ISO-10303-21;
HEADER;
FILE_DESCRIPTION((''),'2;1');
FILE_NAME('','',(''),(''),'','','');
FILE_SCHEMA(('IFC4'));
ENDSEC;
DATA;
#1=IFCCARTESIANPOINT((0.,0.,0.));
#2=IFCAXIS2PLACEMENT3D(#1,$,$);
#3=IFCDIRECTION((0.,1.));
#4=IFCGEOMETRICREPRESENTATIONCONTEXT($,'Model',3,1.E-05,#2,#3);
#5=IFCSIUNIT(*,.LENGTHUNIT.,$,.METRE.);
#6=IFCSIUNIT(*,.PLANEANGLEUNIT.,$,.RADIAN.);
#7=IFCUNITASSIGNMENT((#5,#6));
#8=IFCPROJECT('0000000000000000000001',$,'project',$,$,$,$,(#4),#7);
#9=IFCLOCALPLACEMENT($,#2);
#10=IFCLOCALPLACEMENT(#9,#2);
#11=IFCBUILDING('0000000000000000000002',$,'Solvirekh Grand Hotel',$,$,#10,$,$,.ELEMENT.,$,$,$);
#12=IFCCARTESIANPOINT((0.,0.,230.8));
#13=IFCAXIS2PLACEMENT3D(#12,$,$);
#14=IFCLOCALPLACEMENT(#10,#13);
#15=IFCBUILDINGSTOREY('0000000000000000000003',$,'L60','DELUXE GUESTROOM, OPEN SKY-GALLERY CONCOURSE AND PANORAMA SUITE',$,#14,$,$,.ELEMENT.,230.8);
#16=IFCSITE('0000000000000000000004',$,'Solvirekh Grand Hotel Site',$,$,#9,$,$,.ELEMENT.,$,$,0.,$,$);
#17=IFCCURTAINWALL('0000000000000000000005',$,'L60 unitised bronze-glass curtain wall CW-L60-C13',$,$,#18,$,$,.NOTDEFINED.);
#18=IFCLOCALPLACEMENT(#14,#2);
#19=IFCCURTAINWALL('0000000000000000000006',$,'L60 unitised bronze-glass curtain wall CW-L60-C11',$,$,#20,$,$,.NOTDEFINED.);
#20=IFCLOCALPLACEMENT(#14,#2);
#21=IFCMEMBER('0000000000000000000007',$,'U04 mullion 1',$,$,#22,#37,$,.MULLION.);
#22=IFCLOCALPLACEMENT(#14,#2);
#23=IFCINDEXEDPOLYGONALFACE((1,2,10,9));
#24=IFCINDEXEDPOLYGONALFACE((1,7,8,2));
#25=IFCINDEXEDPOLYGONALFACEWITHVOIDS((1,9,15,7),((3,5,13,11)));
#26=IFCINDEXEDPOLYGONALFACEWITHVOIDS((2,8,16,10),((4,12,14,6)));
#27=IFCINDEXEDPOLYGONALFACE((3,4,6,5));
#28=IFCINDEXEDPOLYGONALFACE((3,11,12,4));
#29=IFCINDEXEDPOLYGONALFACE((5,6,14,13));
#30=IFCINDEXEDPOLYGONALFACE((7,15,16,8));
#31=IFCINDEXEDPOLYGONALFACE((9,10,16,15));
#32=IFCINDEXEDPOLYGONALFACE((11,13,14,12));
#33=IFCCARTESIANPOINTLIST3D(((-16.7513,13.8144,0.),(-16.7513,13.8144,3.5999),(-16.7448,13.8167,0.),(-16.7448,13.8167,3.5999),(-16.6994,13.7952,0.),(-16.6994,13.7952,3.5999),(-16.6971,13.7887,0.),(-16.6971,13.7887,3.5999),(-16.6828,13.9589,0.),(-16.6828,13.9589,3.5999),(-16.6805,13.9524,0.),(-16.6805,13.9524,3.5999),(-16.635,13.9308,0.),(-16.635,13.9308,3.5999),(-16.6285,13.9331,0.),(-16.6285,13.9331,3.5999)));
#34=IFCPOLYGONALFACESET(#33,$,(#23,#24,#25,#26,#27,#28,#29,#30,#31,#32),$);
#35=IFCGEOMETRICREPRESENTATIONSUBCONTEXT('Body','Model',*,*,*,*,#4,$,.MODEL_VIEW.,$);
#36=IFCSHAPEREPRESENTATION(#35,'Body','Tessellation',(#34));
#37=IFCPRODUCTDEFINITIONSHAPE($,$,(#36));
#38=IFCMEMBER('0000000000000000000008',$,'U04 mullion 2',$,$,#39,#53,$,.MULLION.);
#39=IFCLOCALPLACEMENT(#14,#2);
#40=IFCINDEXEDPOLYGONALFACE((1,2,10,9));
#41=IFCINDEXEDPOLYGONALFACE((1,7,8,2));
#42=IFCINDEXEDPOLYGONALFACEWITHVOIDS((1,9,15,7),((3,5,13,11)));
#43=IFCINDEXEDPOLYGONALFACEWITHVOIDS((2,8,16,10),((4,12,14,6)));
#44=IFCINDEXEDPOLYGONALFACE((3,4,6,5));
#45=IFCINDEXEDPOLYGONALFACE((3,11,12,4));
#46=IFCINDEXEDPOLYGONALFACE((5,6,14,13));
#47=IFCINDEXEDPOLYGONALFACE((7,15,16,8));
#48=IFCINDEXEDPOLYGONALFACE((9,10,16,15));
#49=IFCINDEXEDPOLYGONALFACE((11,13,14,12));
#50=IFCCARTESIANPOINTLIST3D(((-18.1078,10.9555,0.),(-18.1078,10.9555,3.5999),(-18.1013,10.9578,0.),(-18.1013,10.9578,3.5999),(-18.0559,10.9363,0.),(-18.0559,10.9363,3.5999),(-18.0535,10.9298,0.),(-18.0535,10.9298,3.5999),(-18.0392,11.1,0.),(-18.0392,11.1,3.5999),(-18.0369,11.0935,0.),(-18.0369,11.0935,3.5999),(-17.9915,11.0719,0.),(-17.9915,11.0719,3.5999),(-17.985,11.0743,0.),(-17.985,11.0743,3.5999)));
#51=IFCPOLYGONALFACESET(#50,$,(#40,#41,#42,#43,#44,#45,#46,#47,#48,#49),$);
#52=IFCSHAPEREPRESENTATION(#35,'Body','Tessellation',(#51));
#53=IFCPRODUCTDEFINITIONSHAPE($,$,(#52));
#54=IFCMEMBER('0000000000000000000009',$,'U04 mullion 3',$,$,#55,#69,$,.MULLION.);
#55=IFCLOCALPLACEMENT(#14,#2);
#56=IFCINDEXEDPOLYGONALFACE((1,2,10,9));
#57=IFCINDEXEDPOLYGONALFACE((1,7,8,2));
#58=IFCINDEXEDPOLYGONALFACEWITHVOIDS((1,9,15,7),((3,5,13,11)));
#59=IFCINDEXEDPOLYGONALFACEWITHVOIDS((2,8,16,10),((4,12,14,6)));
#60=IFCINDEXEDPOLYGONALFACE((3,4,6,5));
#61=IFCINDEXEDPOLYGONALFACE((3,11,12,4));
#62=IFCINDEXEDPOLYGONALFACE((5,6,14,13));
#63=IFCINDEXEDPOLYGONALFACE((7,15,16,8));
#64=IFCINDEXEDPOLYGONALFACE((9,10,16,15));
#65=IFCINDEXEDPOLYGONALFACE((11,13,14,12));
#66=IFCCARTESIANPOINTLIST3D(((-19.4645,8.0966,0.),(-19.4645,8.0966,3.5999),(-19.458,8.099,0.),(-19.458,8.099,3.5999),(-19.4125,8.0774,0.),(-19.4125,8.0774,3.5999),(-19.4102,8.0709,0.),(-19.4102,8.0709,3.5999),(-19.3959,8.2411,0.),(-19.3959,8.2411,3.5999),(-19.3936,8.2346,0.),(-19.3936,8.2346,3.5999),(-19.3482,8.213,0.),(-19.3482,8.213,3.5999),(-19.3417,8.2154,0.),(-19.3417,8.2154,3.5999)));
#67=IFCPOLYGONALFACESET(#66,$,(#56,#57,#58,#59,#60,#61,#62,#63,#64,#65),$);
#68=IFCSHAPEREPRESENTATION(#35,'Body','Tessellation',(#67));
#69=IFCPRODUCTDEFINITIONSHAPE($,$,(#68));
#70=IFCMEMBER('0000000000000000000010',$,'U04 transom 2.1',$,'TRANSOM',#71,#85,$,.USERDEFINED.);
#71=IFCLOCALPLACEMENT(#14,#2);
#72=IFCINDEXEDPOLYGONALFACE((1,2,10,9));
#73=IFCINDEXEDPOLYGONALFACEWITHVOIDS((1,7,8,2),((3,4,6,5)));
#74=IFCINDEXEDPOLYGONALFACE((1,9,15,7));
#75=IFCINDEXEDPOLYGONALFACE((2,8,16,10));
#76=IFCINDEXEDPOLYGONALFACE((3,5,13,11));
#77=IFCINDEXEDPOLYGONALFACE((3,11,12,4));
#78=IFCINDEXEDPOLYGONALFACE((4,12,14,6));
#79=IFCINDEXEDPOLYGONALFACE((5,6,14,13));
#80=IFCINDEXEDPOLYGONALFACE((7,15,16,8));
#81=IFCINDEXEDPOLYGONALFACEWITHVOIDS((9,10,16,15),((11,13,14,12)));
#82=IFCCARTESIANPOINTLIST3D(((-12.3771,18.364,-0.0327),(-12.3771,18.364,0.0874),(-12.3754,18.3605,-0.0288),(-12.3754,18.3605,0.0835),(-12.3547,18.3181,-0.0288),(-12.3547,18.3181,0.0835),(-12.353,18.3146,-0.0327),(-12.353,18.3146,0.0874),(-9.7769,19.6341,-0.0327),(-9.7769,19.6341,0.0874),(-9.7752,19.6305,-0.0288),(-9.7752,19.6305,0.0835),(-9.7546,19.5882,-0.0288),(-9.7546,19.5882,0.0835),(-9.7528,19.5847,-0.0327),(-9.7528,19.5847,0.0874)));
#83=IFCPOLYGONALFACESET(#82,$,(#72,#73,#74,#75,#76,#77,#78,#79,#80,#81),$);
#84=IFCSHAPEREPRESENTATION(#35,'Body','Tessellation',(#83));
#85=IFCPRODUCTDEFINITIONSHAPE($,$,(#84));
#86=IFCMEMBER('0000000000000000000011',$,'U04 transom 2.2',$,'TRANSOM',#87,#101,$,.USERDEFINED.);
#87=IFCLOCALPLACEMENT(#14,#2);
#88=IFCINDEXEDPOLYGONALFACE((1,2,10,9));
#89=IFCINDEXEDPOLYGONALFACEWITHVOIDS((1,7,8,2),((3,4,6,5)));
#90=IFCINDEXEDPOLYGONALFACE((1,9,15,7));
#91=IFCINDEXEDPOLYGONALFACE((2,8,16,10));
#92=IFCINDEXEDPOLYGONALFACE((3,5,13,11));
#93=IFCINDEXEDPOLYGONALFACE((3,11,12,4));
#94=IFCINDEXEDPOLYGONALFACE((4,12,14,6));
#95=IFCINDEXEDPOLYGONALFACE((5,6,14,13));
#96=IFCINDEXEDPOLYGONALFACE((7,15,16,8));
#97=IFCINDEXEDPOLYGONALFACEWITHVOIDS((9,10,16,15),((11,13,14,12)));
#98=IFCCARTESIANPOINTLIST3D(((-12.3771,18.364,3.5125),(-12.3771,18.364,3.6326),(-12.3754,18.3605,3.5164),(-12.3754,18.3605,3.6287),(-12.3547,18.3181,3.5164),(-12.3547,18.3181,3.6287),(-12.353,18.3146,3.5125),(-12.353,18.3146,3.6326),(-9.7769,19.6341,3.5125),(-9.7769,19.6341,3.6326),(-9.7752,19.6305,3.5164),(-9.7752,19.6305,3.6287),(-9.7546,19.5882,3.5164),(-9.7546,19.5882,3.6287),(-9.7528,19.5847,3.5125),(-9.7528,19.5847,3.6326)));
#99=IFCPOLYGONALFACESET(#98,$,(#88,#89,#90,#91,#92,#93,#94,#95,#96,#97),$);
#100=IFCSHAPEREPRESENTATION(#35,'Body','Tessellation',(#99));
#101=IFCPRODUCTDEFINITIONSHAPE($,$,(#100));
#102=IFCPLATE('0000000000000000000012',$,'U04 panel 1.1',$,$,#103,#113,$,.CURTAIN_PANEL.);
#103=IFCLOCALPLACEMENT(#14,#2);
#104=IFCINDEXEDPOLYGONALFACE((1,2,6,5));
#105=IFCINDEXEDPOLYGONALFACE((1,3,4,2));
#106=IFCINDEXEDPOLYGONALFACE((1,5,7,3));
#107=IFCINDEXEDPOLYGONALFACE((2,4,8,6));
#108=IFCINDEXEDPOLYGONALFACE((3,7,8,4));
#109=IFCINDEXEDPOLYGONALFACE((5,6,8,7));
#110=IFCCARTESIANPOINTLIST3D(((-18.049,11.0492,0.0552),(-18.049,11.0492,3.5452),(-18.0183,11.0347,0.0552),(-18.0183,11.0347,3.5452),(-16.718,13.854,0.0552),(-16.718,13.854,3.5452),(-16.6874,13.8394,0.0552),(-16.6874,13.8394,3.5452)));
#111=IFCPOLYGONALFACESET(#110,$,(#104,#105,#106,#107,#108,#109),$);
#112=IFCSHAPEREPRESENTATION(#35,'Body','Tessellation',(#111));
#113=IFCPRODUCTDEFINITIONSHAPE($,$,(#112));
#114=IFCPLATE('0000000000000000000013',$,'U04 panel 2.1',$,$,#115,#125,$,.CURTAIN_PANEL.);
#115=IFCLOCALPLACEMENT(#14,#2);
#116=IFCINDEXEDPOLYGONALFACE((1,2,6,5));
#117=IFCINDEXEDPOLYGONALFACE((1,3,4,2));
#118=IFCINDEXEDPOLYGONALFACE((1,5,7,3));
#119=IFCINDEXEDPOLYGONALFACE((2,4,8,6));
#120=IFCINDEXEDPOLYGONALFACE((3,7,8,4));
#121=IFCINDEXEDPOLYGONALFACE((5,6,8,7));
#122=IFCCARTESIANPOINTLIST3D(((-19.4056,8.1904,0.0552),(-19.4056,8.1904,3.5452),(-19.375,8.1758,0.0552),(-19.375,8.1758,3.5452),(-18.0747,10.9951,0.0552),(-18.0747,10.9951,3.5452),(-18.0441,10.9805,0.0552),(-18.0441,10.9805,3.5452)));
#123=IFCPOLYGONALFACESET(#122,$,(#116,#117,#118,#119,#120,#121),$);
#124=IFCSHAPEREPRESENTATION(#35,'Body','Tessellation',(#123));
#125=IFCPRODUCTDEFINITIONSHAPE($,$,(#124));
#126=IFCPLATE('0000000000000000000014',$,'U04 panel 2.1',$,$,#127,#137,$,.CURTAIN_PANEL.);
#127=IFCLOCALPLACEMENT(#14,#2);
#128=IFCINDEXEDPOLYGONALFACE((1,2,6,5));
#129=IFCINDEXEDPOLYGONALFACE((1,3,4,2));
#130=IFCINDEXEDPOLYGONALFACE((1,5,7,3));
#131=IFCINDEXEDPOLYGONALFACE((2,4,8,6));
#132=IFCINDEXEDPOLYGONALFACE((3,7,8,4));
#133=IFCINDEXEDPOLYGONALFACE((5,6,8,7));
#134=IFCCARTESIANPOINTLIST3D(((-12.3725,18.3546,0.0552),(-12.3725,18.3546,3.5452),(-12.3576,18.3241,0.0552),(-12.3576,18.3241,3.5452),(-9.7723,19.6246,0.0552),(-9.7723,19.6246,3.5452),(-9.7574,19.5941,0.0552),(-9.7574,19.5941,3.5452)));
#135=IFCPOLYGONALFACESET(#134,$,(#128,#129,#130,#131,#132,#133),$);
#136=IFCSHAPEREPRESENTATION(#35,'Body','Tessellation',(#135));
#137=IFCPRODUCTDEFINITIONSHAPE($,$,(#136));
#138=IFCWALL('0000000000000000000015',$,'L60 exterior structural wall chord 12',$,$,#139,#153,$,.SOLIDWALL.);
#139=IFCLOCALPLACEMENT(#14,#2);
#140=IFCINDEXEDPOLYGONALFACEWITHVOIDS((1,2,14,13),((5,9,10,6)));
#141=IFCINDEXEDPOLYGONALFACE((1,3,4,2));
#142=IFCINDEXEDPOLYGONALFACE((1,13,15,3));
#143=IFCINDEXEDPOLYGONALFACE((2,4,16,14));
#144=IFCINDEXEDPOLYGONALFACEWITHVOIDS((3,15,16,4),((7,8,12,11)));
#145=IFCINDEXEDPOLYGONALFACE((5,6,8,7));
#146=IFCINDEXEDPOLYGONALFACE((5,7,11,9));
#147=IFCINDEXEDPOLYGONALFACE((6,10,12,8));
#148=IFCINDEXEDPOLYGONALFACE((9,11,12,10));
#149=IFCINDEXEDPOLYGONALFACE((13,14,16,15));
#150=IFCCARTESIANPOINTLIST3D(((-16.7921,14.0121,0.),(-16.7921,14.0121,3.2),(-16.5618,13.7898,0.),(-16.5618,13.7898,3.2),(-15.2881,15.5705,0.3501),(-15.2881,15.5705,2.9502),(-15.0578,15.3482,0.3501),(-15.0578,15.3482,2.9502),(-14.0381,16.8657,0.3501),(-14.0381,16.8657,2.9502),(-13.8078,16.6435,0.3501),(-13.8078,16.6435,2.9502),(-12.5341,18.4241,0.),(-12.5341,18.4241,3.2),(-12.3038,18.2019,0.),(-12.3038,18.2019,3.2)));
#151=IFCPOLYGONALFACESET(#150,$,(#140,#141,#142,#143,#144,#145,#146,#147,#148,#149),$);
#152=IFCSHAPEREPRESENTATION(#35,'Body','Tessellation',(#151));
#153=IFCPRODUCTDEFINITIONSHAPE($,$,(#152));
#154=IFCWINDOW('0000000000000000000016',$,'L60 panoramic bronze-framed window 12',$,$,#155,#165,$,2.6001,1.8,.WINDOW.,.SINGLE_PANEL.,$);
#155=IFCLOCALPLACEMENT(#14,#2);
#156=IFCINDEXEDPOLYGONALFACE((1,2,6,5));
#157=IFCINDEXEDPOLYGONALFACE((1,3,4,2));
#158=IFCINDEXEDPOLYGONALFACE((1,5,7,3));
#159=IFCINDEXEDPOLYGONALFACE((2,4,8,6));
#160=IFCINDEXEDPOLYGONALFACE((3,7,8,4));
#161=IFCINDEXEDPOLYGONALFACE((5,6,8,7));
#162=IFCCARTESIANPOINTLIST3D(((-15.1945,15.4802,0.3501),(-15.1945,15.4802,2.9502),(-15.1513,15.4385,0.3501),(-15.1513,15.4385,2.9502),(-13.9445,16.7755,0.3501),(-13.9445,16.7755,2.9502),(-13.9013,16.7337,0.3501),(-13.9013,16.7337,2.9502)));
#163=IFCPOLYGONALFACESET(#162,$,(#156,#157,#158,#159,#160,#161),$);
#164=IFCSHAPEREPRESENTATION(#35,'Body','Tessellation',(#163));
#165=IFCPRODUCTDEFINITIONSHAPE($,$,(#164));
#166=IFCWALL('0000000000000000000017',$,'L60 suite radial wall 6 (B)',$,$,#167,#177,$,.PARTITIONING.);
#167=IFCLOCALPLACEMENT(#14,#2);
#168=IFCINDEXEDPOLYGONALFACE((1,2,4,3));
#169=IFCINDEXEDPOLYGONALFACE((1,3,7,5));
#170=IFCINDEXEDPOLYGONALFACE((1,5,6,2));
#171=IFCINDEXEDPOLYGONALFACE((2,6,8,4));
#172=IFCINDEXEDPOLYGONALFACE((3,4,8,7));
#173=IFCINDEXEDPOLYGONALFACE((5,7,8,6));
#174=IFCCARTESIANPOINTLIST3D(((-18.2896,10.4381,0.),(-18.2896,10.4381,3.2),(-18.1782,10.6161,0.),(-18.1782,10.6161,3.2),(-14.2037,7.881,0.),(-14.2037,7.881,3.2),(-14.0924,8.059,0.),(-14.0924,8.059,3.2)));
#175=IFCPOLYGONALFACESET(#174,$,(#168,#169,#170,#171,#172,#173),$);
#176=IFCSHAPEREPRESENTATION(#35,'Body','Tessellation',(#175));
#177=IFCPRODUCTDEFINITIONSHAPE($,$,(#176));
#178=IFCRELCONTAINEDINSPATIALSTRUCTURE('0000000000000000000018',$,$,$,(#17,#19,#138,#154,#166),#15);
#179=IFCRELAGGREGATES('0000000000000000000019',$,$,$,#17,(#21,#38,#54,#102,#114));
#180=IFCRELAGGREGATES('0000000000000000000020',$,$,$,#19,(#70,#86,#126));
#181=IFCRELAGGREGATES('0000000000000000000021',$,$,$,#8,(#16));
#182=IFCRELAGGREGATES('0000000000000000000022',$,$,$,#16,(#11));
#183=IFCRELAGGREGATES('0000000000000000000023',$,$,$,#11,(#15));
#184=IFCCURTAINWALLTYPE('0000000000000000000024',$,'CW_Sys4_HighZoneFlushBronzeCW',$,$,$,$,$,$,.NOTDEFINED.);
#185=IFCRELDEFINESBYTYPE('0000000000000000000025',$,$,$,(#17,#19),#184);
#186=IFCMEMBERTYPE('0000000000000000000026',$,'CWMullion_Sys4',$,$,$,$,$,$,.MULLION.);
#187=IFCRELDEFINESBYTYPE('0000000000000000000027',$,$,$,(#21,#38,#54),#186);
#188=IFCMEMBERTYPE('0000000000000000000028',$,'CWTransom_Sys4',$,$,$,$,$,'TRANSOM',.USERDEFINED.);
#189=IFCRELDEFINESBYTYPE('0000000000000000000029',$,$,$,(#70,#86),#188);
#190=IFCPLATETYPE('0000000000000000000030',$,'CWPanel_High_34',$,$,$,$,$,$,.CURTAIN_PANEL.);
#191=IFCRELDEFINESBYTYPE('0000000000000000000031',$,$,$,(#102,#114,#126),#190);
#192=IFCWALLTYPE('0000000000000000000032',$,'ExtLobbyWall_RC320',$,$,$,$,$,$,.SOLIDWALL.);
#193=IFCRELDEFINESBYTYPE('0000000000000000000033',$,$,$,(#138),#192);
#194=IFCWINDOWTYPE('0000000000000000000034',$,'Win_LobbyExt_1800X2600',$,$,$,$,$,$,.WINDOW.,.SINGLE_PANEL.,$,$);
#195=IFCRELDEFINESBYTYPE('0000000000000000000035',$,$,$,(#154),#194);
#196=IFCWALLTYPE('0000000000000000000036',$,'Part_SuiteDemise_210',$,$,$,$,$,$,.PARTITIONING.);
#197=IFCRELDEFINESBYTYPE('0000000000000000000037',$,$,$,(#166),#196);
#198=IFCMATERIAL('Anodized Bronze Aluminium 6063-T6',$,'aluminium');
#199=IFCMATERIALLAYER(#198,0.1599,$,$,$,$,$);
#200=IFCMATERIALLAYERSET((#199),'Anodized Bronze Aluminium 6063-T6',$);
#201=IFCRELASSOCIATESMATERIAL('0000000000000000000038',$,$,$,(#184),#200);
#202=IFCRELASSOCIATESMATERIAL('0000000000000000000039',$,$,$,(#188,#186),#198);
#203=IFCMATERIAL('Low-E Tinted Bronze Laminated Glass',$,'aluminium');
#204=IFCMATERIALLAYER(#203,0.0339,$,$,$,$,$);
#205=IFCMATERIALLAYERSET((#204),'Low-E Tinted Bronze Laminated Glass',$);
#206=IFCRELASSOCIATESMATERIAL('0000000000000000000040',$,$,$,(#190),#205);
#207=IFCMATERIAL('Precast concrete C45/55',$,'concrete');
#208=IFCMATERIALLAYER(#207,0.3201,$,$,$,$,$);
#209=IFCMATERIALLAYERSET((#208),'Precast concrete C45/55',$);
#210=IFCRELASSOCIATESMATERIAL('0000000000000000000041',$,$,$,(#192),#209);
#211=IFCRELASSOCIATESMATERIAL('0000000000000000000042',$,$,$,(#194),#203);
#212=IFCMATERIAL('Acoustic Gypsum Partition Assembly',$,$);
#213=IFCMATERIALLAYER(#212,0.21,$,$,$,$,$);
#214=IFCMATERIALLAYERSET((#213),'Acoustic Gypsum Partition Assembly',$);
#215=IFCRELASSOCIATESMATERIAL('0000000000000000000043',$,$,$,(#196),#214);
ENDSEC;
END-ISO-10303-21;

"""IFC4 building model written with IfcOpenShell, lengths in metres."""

from ifc_helpers import new_model, si_unit, direction, frame, frame_2d, origin, origin_2d, place, context, subcontext, project, spatial, rectangle, hollow_rectangle, extrude, source, transform, mapped, material, layer, layer_set, material_profile, profile_set, type_object, element, fill, aggregate, save


model = new_model("IFC4")

# Units and contexts
model_context = context("Model", 3, precision=1e-05, world=origin(), true_north=direction((0.0, 1.0)))
body_context = subcontext(model_context, "Body", "Model", "MODEL_VIEW")
ifc_project = project(units=[si_unit("LENGTHUNIT", "METRE"), si_unit("PLANEANGLEUNIT", "RADIAN")], contexts=[model_context])

# Site, building, storey
site_placement = place(None, origin())
site = spatial("IfcSite", under=ifc_project, at=site_placement, Name="Solvirekh Grand Hotel Site", CompositionType="ELEMENT", RefElevation=0.0)
building_placement = place(site_placement, origin())
building = spatial("IfcBuilding", under=site, at=building_placement, Name="Solvirekh Grand Hotel", CompositionType="ELEMENT")
storey_placement = place(building_placement, frame((0.0, 0.0, 230.8)))
storey = spatial("IfcBuildingStorey", under=building, at=storey_placement, Name="L60", Description="DELUXE GUESTROOM, OPEN SKY-GALLERY CONCOURSE AND PANORAMA SUITE", CompositionType="ELEMENT", Elevation=230.8)

# Curtain wall
ifc_material_1 = material(Name="Anodized Bronze Aluminium 6063-T6", Category="aluminium")
ifc_layer_1 = layer(ifc_material_1, 0.1599)
ifc_layer_set_1 = layer_set([ifc_layer_1], Name="Anodized Bronze Aluminium 6063-T6")
curtain_wall_type = type_object("IfcCurtainWallType", Name="CW_Sys4_HighZoneFlushBronzeCW", PredefinedType="NOTDEFINED", material=ifc_layer_set_1)
curtain_wall_1_placement = place(storey_placement, origin())
curtain_wall_1 = element("IfcCurtainWall", 1, at=curtain_wall_1_placement, inside=storey, type_object=curtain_wall_type, Name="L60 unitised bronze-glass curtain wall CW-L60-C13", PredefinedType="NOTDEFINED")
ifc_material_profile_1 = material_profile(ifc_material_1, hollow_rectangle(XDim=0.0549, YDim=0.1201, WallThickness=0.0039, at=origin_2d()), Name="ALU RHS 120X55X4")
ifc_profile_set_1 = profile_set([ifc_material_profile_1], Name="Anodized Bronze Aluminium 6063-T6")
member_type_1 = type_object("IfcMemberType", Name="CWTransom_Sys4", ElementType="TRANSOM", PredefinedType="USERDEFINED", material=ifc_profile_set_1)

# Curtain wall
curtain_wall_2_placement = place(storey_placement, origin())
curtain_wall_2 = element("IfcCurtainWall", 2, at=curtain_wall_2_placement, inside=storey, type_object=curtain_wall_type, Name="L60 unitised bronze-glass curtain wall CW-L60-C11", PredefinedType="NOTDEFINED")
ifc_material_profile_2 = material_profile(ifc_material_1, hollow_rectangle(XDim=0.0601, YDim=0.1599, WallThickness=0.0049, at=origin_2d()), Name="ALU RHS 160X60X5")
ifc_profile_set_2 = profile_set([ifc_material_profile_2], Name="Anodized Bronze Aluminium 6063-T6")
member_type_2 = type_object("IfcMemberType", Name="CWMullion_Sys4", PredefinedType="MULLION", material=ifc_profile_set_2)
shared_shape_1 = source(origin(), body_context, "Body", "SweptSolid", [
    extrude(hollow_rectangle(XDim=0.0601, YDim=0.1599, WallThickness=0.0049, at=origin_2d()), origin(), (0.0, 0.0, 1.0), 3.5999),
])

# Members
member_1_placement = place(storey_placement, frame((-16.6899, 13.8738, 0.0), z_axis=(0.0, 0.0, 1.0), x_axis=(0.903441, -0.428712, 0.0)))
member_1 = element("IfcMember", 3, at=member_1_placement, type_object=member_type_2, Name="U04 mullion 1", PredefinedType="MULLION", context=body_context, shape_type="MappedRepresentation", body=[
    mapped(shared_shape_1, transform((0.0, 0.0, 0.0), x_axis=(1.0, 0.0, 0.0), y_axis=(0.0, 1.0, 0.0), z_axis=(0.0, 0.0, 1.0), scale=1.0)),
])
member_2_placement = place(storey_placement, frame((-18.0464, 11.0149, 0.0), z_axis=(0.0, 0.0, 1.0), x_axis=(0.903441, -0.428712, 0.0)))
member_2 = element("IfcMember", 4, at=member_2_placement, type_object=member_type_2, Name="U04 mullion 2", PredefinedType="MULLION", context=body_context, shape_type="MappedRepresentation", body=[
    mapped(shared_shape_1, transform((0.0, 0.0, 0.0), x_axis=(1.0, 0.0, 0.0), y_axis=(0.0, 1.0, 0.0), z_axis=(0.0, 0.0, 1.0), scale=1.0)),
])
member_3_placement = place(storey_placement, frame((-19.4031, 8.156, 0.0), z_axis=(0.0, 0.0, 1.0), x_axis=(0.903441, -0.428712, 0.0)))
member_3 = element("IfcMember", 5, at=member_3_placement, type_object=member_type_2, Name="U04 mullion 3", PredefinedType="MULLION", context=body_context, shape_type="MappedRepresentation", body=[
    mapped(shared_shape_1, transform((0.0, 0.0, 0.0), x_axis=(1.0, 0.0, 0.0), y_axis=(0.0, 1.0, 0.0), z_axis=(0.0, 0.0, 1.0), scale=1.0)),
])
shared_shape_2 = source(origin(), body_context, "Body", "SweptSolid", [
    extrude(hollow_rectangle(XDim=0.0549, YDim=0.1201, WallThickness=0.0039, at=origin_2d()), origin(), (0.0, 0.0, 1.0), 2.8938),
])
member_4_placement = place(storey_placement, frame((-9.7649, 19.6094, 0.0273), z_axis=(-0.89854, -0.438892, 0.0), x_axis=(0.438892, -0.89854, 0.0)))
member_4 = element("IfcMember", 6, at=member_4_placement, type_object=member_type_1, Name="U04 transom 2.1", ObjectType="TRANSOM", PredefinedType="USERDEFINED", context=body_context, shape_type="MappedRepresentation", body=[
    mapped(shared_shape_2, transform((0.0, 0.0, 0.0), x_axis=(1.0, 0.0, 0.0), y_axis=(0.0, 1.0, 0.0), z_axis=(0.0, 0.0, 1.0), scale=1.0)),
])
member_5_placement = place(storey_placement, frame((-9.7649, 19.6094, 3.5725), z_axis=(-0.89854, -0.438892, 0.0), x_axis=(0.438892, -0.89854, 0.0)))
member_5 = element("IfcMember", 7, at=member_5_placement, type_object=member_type_1, Name="U04 transom 2.2", ObjectType="TRANSOM", PredefinedType="USERDEFINED", context=body_context, shape_type="MappedRepresentation", body=[
    mapped(shared_shape_2, transform((0.0, 0.0, 0.0), x_axis=(1.0, 0.0, 0.0), y_axis=(0.0, 1.0, 0.0), z_axis=(0.0, 0.0, 1.0), scale=1.0)),
])

# Plates
ifc_material_2 = material(Name="Low-E Tinted Bronze Laminated Glass", Category="aluminium")
ifc_layer_2 = layer(ifc_material_2, 0.0339)
ifc_layer_set_2 = layer_set([ifc_layer_2], Name="Low-E Tinted Bronze Laminated Glass")
plate_type = type_object("IfcPlateType", Name="CWPanel_High_34", PredefinedType="CURTAIN_PANEL", material=ifc_layer_set_2)
shared_shape_3 = source(origin(), body_context, "Body", "SweptSolid", [
    extrude(rectangle(XDim=3.1045, YDim=0.0339, at=origin_2d()), origin(), (0.0, 0.0, 1.0), 3.49),
])
plate_1_placement = place(storey_placement, frame((-17.3682, 12.4443, 0.0552), z_axis=(0.0, 0.0, 1.0), x_axis=(-0.428712, -0.903441, 0.0)))
plate_1 = element("IfcPlate", 8, at=plate_1_placement, type_object=plate_type, Name="U04 panel 1.1", PredefinedType="CURTAIN_PANEL", context=body_context, shape_type="MappedRepresentation", body=[
    mapped(shared_shape_3, transform((0.0, 0.0, 0.0), x_axis=(1.0, 0.0, 0.0), y_axis=(0.0, 1.0, 0.0), z_axis=(0.0, 0.0, 1.0), scale=1.0)),
])
plate_2_placement = place(storey_placement, frame((-18.7249, 9.5854, 0.0552), z_axis=(0.0, 0.0, 1.0), x_axis=(-0.428712, -0.903441, 0.0)))
plate_2 = element("IfcPlate", 9, at=plate_2_placement, type_object=plate_type, Name="U04 panel 2.1", PredefinedType="CURTAIN_PANEL", context=body_context, shape_type="MappedRepresentation", body=[
    mapped(shared_shape_3, transform((0.0, 0.0, 0.0), x_axis=(1.0, 0.0, 0.0), y_axis=(0.0, 1.0, 0.0), z_axis=(0.0, 0.0, 1.0), scale=1.0)),
])
aggregate(curtain_wall_1, [member_1, member_2, member_3, plate_1, plate_2])
shared_shape_4 = source(origin(), body_context, "Body", "SweptSolid", [
    extrude(rectangle(XDim=2.8938, YDim=0.0339, at=origin_2d()), origin(), (0.0, 0.0, 1.0), 3.49),
])
plate_3_placement = place(storey_placement, frame((-11.0649, 18.9744, 0.0552), z_axis=(0.0, 0.0, 1.0), x_axis=(-0.898544, -0.438882, 0.0)))
plate_3 = element("IfcPlate", 10, at=plate_3_placement, type_object=plate_type, Name="U04 panel 2.1", PredefinedType="CURTAIN_PANEL", context=body_context, shape_type="MappedRepresentation", body=[
    mapped(shared_shape_4, transform((0.0, 0.0, 0.0), x_axis=(1.0, 0.0, 0.0), y_axis=(0.0, 1.0, 0.0), z_axis=(0.0, 0.0, 1.0), scale=1.0)),
])
aggregate(curtain_wall_2, [member_4, member_5, plate_3])

# Wall, opening, window
ifc_material_3 = material(Name="Precast concrete C45/55", Category="concrete")
ifc_layer_3 = layer(ifc_material_3, 0.3201)
ifc_layer_set_3 = layer_set([ifc_layer_3], Name="Precast concrete C45/55")
wall_type_1 = type_object("IfcWallType", Name="ExtLobbyWall_RC320", PredefinedType="SOLIDWALL", material=ifc_layer_set_3)
wall_1_placement = place(storey_placement, frame((-16.677, 13.9009, 0.0), z_axis=(0.0, 0.0, 1.0), x_axis=(0.694433, 0.719557, 0.0)))
wall_1 = element("IfcWall", 11, at=wall_1_placement, inside=storey, type_object=wall_type_1, Name="L60 exterior structural wall chord 12", PredefinedType="SOLIDWALL", context=body_context, shape_type="SweptSolid", body=[
    extrude(rectangle(XDim=6.1316, YDim=0.3201, at=frame_2d((3.0659, 0.0))), origin(), (0.0, 0.0, 1.0), 3.2),
])
opening_placement = place(wall_1_placement, frame((2.166, 0.0, 0.3501)))
opening = element("IfcOpeningElement", 12, at=opening_placement, cuts=wall_1, PredefinedType="OPENING", context=body_context, shape_type="SweptSolid", body=[
    extrude(rectangle(XDim=1.8, YDim=2.6001, at=frame_2d((0.8999, 1.3))), frame((0.0, 0.1699, 0.0), z_axis=(0.0, -1.0, 0.0), x_axis=(1.0, 0.0, 0.0)), (0.0, 0.0, 1.0), 0.3401),
])
window_type = type_object("IfcWindowType", Name="Win_LobbyExt_1800X2600", PartitioningType="SINGLE_PANEL", PredefinedType="WINDOW", material=ifc_material_2)
window_placement = place(opening_placement, origin())
window = element("IfcWindow", 13, at=window_placement, inside=storey, type_object=window_type, Name="L60 panoramic bronze-framed window 12", OverallHeight=2.6001, OverallWidth=1.8, PartitioningType="SINGLE_PANEL", PredefinedType="WINDOW", context=body_context, shape_type="SweptSolid", body=[
    extrude(rectangle(XDim=1.8, YDim=2.6001, at=frame_2d((0.8999, 1.3))), frame((0.0, 0.03, 0.0), z_axis=(0.0, -1.0, 0.0), x_axis=(1.0, 0.0, 0.0)), (0.0, 0.0, 1.0), 0.0601),
])
fill(opening, window)

# Wall
ifc_material_4 = material(Name="Acoustic Gypsum Partition Assembly")
ifc_layer_4 = layer(ifc_material_4, 0.21)
ifc_layer_set_4 = layer_set([ifc_layer_4], Name="Acoustic Gypsum Partition Assembly")
wall_type_2 = type_object("IfcWallType", Name="Part_SuiteDemise_210", PredefinedType="PARTITIONING", material=ifc_layer_set_4)
wall_2_placement = place(storey_placement, frame((-14.1479, 7.97, 0.0), z_axis=(0.0, 0.0, 1.0), x_axis=(-0.847679, 0.530509, 0.0)))
element("IfcWall", 14, at=wall_2_placement, inside=storey, type_object=wall_type_2, Name="L60 suite radial wall 6 (B)", PredefinedType="PARTITIONING", context=body_context, shape_type="SweptSolid", body=[
    extrude(rectangle(XDim=4.8201, YDim=0.21, at=frame_2d((2.4102, 0.0))), origin(), (0.0, 0.0, 1.0), 3.2),
])

save(model, "model.ifc")
